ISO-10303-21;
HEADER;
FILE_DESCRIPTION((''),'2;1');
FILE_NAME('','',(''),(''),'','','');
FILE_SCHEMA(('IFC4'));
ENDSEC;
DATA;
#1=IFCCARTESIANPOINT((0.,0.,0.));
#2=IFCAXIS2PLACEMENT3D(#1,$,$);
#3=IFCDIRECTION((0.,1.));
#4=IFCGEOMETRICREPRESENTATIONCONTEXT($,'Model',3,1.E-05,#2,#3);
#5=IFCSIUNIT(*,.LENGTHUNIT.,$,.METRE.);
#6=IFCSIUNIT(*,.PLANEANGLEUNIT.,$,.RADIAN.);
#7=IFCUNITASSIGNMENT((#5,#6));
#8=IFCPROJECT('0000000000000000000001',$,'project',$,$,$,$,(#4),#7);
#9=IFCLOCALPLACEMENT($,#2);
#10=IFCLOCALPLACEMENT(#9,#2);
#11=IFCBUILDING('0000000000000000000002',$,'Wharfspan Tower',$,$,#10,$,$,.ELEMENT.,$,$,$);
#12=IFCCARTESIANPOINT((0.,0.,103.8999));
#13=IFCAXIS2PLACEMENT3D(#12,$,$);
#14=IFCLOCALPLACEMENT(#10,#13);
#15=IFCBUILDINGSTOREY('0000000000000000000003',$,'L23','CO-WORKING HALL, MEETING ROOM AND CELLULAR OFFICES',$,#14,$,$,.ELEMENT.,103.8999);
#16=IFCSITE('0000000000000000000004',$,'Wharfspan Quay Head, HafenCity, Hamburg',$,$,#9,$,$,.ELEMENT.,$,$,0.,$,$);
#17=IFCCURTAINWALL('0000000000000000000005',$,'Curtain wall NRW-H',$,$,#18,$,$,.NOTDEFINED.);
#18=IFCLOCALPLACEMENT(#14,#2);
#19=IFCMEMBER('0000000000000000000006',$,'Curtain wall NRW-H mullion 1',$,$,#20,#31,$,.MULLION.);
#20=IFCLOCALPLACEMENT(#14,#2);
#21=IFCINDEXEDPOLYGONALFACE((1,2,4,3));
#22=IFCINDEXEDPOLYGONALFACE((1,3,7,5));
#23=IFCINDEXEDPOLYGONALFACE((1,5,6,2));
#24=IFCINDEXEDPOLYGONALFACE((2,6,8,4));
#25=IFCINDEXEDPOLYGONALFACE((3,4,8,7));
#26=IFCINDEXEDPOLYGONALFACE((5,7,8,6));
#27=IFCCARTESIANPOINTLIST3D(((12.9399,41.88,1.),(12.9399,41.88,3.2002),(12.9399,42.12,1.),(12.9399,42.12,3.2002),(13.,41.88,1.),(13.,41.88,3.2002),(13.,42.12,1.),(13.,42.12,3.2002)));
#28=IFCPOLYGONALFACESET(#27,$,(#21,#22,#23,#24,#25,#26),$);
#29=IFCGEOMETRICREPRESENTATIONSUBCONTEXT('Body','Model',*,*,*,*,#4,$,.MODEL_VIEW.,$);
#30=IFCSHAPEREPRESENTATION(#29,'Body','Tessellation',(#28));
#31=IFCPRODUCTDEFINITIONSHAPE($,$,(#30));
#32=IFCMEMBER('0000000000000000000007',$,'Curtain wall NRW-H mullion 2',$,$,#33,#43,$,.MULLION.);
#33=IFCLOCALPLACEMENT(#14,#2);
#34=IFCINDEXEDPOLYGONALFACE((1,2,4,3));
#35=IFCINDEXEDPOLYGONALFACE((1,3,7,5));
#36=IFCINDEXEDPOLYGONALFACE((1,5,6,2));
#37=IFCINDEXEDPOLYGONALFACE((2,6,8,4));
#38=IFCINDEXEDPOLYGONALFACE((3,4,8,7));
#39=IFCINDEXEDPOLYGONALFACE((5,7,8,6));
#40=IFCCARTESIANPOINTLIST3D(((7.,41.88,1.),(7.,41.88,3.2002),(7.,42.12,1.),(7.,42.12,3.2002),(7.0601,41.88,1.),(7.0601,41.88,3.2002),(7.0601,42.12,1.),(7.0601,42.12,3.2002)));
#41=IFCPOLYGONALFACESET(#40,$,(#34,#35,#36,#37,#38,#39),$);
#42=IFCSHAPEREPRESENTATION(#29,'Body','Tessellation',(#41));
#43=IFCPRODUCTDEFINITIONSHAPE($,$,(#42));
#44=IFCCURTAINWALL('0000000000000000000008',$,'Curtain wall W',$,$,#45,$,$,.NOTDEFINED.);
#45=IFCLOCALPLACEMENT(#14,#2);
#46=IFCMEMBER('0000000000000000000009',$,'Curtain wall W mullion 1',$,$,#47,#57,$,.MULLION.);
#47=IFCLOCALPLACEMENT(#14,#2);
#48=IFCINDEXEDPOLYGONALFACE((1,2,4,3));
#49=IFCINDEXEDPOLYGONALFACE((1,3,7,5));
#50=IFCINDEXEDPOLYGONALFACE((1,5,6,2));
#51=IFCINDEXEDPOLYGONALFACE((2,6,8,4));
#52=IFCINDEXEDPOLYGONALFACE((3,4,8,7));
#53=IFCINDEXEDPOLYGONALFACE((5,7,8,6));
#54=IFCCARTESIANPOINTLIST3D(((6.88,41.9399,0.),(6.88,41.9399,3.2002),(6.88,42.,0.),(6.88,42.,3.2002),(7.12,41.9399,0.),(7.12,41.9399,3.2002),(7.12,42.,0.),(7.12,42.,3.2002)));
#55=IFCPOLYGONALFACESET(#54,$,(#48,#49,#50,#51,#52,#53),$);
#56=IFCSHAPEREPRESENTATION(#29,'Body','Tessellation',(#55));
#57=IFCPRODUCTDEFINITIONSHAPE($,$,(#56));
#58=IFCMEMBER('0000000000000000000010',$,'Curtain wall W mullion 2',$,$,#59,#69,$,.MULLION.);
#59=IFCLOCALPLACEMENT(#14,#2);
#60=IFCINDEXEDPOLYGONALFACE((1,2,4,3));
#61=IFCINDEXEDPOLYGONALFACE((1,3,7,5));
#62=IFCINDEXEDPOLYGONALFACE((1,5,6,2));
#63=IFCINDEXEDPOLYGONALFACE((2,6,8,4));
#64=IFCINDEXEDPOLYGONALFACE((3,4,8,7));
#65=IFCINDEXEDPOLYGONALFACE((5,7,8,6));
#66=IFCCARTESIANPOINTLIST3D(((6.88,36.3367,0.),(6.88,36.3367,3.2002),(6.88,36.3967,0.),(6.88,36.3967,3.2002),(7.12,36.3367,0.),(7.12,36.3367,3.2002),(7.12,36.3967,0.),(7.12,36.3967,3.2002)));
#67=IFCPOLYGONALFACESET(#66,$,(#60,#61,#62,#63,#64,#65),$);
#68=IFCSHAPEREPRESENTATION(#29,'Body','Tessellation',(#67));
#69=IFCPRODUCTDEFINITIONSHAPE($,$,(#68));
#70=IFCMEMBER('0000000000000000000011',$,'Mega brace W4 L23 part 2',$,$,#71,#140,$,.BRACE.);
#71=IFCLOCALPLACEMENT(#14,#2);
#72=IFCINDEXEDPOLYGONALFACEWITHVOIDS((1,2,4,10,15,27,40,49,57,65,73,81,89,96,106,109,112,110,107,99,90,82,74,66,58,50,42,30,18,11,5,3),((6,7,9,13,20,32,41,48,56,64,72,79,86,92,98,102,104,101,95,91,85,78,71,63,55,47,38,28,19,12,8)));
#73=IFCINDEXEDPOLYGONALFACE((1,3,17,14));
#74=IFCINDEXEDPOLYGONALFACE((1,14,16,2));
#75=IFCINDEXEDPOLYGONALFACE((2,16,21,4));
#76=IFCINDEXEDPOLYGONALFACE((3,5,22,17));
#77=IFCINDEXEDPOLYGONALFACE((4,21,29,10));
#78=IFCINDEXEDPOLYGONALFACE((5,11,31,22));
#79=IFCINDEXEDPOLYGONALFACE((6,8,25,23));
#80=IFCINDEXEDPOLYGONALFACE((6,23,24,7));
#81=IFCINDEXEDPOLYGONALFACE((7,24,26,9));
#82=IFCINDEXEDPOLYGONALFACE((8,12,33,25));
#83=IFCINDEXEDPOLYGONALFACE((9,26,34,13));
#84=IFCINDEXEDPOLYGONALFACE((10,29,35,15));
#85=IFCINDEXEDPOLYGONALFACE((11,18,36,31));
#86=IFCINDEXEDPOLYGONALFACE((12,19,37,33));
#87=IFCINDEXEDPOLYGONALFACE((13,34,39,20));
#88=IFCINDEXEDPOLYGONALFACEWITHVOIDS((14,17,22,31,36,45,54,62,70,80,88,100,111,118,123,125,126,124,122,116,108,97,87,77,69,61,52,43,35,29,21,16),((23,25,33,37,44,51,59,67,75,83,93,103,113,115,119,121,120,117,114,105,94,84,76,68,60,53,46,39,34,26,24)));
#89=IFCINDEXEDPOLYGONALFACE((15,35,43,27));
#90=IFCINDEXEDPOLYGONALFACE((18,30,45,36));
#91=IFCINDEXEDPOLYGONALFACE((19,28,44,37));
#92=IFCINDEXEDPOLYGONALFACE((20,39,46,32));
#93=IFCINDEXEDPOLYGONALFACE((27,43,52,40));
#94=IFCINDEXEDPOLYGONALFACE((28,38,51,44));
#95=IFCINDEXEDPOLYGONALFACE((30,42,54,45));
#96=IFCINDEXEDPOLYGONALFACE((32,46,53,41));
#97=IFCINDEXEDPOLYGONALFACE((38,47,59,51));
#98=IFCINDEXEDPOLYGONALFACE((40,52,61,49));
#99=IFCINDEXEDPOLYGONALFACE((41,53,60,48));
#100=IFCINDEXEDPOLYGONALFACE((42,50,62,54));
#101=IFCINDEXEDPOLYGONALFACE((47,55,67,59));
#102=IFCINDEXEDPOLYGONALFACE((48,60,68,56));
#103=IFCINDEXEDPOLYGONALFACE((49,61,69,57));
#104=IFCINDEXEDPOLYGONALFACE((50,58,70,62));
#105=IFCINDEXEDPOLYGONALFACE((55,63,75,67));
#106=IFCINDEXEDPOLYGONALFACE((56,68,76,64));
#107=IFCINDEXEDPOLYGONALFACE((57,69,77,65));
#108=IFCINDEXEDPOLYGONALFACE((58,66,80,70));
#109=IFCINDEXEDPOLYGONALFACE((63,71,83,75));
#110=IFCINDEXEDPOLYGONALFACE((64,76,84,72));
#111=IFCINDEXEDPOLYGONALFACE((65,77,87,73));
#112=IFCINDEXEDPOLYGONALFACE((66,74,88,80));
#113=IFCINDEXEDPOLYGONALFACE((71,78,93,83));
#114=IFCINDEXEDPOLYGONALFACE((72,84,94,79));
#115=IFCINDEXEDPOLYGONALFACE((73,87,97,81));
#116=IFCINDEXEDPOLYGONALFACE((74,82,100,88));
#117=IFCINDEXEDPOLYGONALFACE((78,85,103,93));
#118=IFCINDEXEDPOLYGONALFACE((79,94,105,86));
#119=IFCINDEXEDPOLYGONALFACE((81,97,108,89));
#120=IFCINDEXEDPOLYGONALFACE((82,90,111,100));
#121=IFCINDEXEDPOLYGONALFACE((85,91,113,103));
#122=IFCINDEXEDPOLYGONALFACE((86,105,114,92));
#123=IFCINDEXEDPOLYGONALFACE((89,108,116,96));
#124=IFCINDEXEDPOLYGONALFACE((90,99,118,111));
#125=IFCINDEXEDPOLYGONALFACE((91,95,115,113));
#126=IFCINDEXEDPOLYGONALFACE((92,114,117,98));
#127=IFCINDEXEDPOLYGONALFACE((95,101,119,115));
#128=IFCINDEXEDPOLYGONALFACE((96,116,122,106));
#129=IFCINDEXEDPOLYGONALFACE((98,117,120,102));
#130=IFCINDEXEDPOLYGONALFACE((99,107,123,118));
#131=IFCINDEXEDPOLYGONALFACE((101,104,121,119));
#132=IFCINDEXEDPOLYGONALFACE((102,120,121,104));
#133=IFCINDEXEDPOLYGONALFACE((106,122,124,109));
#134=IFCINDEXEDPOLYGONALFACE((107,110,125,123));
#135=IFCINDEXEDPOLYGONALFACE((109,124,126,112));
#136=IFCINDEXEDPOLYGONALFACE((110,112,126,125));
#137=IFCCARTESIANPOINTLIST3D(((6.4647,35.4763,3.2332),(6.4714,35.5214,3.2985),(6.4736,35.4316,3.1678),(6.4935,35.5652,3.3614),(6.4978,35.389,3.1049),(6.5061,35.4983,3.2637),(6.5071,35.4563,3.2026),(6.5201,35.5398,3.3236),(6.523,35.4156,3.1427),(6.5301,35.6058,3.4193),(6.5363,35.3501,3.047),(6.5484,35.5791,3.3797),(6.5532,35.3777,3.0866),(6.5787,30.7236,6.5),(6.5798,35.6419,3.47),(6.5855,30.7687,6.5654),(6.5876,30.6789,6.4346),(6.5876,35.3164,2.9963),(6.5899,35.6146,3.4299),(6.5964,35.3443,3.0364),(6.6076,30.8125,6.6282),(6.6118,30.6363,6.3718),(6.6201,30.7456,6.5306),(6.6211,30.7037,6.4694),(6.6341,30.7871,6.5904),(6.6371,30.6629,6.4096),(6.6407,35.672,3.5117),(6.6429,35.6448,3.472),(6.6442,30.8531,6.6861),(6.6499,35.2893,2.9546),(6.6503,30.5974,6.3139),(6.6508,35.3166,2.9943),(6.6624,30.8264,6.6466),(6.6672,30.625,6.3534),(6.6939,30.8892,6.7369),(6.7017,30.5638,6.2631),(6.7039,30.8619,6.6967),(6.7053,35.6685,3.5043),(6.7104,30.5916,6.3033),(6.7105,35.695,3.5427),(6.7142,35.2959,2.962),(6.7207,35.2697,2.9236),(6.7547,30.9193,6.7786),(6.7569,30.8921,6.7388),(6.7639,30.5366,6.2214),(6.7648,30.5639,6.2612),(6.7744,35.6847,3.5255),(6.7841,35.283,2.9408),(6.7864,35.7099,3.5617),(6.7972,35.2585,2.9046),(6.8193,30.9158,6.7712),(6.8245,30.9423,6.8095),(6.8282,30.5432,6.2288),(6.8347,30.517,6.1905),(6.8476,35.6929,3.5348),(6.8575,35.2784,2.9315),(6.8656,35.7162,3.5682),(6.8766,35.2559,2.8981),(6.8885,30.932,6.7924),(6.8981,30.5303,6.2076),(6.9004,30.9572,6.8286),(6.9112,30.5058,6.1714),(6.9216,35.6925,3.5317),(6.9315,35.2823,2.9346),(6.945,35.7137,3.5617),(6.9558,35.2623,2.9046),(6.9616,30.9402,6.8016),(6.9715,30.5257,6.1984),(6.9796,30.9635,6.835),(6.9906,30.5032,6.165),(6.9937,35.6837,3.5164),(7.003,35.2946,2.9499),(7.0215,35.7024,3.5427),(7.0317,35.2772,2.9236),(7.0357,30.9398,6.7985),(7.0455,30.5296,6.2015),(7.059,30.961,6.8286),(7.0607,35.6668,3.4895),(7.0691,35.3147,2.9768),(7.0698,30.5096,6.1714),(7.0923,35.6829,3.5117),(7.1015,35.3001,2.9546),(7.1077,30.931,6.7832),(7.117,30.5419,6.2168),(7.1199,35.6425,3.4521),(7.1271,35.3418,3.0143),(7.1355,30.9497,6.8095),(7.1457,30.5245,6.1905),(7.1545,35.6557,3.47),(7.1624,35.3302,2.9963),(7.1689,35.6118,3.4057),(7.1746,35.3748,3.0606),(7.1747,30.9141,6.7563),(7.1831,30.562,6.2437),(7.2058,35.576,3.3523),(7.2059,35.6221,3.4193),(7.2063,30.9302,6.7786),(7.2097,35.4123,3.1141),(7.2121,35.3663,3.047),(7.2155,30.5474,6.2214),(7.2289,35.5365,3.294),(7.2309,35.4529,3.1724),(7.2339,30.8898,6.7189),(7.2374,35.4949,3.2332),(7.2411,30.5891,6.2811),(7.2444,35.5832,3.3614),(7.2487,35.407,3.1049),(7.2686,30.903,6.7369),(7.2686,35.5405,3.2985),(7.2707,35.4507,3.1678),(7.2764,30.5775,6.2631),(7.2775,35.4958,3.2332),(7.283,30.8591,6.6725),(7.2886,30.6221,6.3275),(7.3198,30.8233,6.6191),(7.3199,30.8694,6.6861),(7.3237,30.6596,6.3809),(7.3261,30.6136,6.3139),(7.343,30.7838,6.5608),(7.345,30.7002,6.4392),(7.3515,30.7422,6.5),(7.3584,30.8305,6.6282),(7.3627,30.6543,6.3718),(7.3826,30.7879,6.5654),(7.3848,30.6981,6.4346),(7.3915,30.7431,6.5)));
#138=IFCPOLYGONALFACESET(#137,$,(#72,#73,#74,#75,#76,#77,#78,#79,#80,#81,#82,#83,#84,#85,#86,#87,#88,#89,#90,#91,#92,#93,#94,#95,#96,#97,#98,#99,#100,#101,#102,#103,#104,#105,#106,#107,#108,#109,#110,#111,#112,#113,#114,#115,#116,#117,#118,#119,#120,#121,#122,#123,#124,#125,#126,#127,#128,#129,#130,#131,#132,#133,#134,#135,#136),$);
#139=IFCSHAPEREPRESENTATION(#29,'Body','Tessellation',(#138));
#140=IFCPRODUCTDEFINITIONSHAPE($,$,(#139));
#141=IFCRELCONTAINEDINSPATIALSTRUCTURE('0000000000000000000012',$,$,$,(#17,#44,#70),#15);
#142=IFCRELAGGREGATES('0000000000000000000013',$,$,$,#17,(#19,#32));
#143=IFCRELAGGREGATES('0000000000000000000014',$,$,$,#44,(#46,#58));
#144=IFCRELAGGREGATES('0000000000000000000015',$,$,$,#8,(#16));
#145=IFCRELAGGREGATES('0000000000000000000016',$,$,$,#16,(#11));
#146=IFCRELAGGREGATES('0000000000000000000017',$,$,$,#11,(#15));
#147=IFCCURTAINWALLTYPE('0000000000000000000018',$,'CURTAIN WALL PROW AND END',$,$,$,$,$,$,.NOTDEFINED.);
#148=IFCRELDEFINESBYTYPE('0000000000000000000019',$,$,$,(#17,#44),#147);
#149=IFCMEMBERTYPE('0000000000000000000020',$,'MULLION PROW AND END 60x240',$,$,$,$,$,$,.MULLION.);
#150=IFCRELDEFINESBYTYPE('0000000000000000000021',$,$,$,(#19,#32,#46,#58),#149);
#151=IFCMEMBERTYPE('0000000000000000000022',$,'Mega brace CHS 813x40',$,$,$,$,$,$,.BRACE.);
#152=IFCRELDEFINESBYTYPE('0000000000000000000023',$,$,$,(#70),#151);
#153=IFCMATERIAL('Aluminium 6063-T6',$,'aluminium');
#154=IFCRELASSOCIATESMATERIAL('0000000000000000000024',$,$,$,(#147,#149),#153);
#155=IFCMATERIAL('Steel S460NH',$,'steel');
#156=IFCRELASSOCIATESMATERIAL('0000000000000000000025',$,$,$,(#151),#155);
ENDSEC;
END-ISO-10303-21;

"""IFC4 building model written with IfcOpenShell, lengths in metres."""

from ifc_helpers import new_model, si_unit, direction, frame, origin, origin_2d, place, context, subcontext, project, spatial, rectangle, hollow_circle, extrude, material, material_profile, profile_set, type_object, element, aggregate, save


model = new_model("IFC4")

# Units and contexts
model_context = context("Model", 3, precision=1e-05, world=origin(), true_north=direction((0.0, 1.0)))
body_context = subcontext(model_context, "Body", "Model", "MODEL_VIEW")
ifc_project = project(units=[si_unit("LENGTHUNIT", "METRE"), si_unit("PLANEANGLEUNIT", "RADIAN")], contexts=[model_context])

# Site, building, storey
site_placement = place(None, origin())
site = spatial("IfcSite", under=ifc_project, at=site_placement, Name="Wharfspan Quay Head, HafenCity, Hamburg", CompositionType="ELEMENT", RefElevation=0.0)
building_placement = place(site_placement, origin())
building = spatial("IfcBuilding", under=site, at=building_placement, Name="Wharfspan Tower", CompositionType="ELEMENT")
storey_placement = place(building_placement, frame((0.0, 0.0, 103.8999)))
storey = spatial("IfcBuildingStorey", under=building, at=storey_placement, Name="L23", Description="CO-WORKING HALL, MEETING ROOM AND CELLULAR OFFICES", CompositionType="ELEMENT", Elevation=103.8999)

# Curtain walls, members
ifc_material_1 = material(Name="Aluminium 6063-T6", Category="aluminium")
curtain_wall_type = type_object("IfcCurtainWallType", Name="CURTAIN WALL PROW AND END", PredefinedType="NOTDEFINED", material=ifc_material_1)
ifc_material_profile_1 = material_profile(ifc_material_1, rectangle(XDim=0.24, YDim=0.0601, at=origin_2d()))
ifc_profile_set_1 = profile_set([ifc_material_profile_1], Name="Aluminium 6063-T6")
member_type_1 = type_object("IfcMemberType", Name="MULLION PROW AND END 60x240", PredefinedType="MULLION", material=ifc_profile_set_1)
curtain_wall_1_placement = place(storey_placement, origin())
curtain_wall_1 = element("IfcCurtainWall", 1, at=curtain_wall_1_placement, inside=storey, type_object=curtain_wall_type, Name="Curtain wall NRW-H", PredefinedType="NOTDEFINED")
member_1_placement = place(storey_placement, frame((12.97, 42.0, 1.0), z_axis=(0.0, 0.0, 1.0), x_axis=(0.0, -1.0, 0.0)))
member_1 = element("IfcMember", 2, at=member_1_placement, type_object=member_type_1, Name="Curtain wall NRW-H mullion 1", PredefinedType="MULLION", context=body_context, shape_type="SweptSolid", body=[
    extrude(rectangle(XDim=0.24, YDim=0.0601, at=origin_2d()), origin(), (0.0, 0.0, 1.0), 2.2002),
])
member_2_placement = place(storey_placement, frame((7.03, 42.0, 1.0), z_axis=(0.0, 0.0, 1.0), x_axis=(0.0, -1.0, 0.0)))
member_2 = element("IfcMember", 3, at=member_2_placement, type_object=member_type_1, Name="Curtain wall NRW-H mullion 2", PredefinedType="MULLION", context=body_context, shape_type="SweptSolid", body=[
    extrude(rectangle(XDim=0.24, YDim=0.0601, at=origin_2d()), origin(), (0.0, 0.0, 1.0), 2.2002),
])
curtain_wall_2_placement = place(storey_placement, origin())
curtain_wall_2 = element("IfcCurtainWall", 4, at=curtain_wall_2_placement, inside=storey, type_object=curtain_wall_type, Name="Curtain wall W", PredefinedType="NOTDEFINED")
member_3_placement = place(storey_placement, frame((7.0, 41.97, 0.0), z_axis=(0.0, 0.0, 1.0), x_axis=(1.0, 0.0, 0.0)))
member_3 = element("IfcMember", 5, at=member_3_placement, type_object=member_type_1, Name="Curtain wall W mullion 1", PredefinedType="MULLION", context=body_context, shape_type="SweptSolid", body=[
    extrude(rectangle(XDim=0.24, YDim=0.0601, at=origin_2d()), origin(), (0.0, 0.0, 1.0), 3.2002),
])
member_4_placement = place(storey_placement, frame((7.0, 36.3667, 0.0), z_axis=(0.0, 0.0, 1.0), x_axis=(1.0, 0.0, 0.0)))
member_4 = element("IfcMember", 6, at=member_4_placement, type_object=member_type_1, Name="Curtain wall W mullion 2", PredefinedType="MULLION", context=body_context, shape_type="SweptSolid", body=[
    extrude(rectangle(XDim=0.24, YDim=0.0601, at=origin_2d()), origin(), (0.0, 0.0, 1.0), 3.2002),
])

# Member
ifc_material_2 = material(Name="Steel S460NH", Category="steel")
ifc_material_profile_2 = material_profile(ifc_material_2, hollow_circle(Radius=0.4065, WallThickness=0.04, at=origin_2d()))
ifc_profile_set_2 = profile_set([ifc_material_profile_2], Name="Steel S460NH")
member_type_2 = type_object("IfcMemberType", Name="Mega brace CHS 813x40", PredefinedType="BRACE", material=ifc_profile_set_2)
member_5_placement = place(storey_placement, frame((6.8711, 35.4861, 3.2332), z_axis=(0.019766, -0.823932, 0.566344), x_axis=(0.999712, 0.023985, 0.000003)))
element("IfcMember", 7, at=member_5_placement, inside=storey, type_object=member_type_2, Name="Mega brace W4 L23 part 2", PredefinedType="BRACE", context=body_context, shape_type="SweptSolid", body=[
    extrude(hollow_circle(Radius=0.4065, WallThickness=0.04, at=origin_2d()), origin(), (0.0, 0.0, 1.0), 5.7683),
])

aggregate(curtain_wall_1, [member_1, member_2])
aggregate(curtain_wall_2, [member_3, member_4])

save(model, "model.ifc")
